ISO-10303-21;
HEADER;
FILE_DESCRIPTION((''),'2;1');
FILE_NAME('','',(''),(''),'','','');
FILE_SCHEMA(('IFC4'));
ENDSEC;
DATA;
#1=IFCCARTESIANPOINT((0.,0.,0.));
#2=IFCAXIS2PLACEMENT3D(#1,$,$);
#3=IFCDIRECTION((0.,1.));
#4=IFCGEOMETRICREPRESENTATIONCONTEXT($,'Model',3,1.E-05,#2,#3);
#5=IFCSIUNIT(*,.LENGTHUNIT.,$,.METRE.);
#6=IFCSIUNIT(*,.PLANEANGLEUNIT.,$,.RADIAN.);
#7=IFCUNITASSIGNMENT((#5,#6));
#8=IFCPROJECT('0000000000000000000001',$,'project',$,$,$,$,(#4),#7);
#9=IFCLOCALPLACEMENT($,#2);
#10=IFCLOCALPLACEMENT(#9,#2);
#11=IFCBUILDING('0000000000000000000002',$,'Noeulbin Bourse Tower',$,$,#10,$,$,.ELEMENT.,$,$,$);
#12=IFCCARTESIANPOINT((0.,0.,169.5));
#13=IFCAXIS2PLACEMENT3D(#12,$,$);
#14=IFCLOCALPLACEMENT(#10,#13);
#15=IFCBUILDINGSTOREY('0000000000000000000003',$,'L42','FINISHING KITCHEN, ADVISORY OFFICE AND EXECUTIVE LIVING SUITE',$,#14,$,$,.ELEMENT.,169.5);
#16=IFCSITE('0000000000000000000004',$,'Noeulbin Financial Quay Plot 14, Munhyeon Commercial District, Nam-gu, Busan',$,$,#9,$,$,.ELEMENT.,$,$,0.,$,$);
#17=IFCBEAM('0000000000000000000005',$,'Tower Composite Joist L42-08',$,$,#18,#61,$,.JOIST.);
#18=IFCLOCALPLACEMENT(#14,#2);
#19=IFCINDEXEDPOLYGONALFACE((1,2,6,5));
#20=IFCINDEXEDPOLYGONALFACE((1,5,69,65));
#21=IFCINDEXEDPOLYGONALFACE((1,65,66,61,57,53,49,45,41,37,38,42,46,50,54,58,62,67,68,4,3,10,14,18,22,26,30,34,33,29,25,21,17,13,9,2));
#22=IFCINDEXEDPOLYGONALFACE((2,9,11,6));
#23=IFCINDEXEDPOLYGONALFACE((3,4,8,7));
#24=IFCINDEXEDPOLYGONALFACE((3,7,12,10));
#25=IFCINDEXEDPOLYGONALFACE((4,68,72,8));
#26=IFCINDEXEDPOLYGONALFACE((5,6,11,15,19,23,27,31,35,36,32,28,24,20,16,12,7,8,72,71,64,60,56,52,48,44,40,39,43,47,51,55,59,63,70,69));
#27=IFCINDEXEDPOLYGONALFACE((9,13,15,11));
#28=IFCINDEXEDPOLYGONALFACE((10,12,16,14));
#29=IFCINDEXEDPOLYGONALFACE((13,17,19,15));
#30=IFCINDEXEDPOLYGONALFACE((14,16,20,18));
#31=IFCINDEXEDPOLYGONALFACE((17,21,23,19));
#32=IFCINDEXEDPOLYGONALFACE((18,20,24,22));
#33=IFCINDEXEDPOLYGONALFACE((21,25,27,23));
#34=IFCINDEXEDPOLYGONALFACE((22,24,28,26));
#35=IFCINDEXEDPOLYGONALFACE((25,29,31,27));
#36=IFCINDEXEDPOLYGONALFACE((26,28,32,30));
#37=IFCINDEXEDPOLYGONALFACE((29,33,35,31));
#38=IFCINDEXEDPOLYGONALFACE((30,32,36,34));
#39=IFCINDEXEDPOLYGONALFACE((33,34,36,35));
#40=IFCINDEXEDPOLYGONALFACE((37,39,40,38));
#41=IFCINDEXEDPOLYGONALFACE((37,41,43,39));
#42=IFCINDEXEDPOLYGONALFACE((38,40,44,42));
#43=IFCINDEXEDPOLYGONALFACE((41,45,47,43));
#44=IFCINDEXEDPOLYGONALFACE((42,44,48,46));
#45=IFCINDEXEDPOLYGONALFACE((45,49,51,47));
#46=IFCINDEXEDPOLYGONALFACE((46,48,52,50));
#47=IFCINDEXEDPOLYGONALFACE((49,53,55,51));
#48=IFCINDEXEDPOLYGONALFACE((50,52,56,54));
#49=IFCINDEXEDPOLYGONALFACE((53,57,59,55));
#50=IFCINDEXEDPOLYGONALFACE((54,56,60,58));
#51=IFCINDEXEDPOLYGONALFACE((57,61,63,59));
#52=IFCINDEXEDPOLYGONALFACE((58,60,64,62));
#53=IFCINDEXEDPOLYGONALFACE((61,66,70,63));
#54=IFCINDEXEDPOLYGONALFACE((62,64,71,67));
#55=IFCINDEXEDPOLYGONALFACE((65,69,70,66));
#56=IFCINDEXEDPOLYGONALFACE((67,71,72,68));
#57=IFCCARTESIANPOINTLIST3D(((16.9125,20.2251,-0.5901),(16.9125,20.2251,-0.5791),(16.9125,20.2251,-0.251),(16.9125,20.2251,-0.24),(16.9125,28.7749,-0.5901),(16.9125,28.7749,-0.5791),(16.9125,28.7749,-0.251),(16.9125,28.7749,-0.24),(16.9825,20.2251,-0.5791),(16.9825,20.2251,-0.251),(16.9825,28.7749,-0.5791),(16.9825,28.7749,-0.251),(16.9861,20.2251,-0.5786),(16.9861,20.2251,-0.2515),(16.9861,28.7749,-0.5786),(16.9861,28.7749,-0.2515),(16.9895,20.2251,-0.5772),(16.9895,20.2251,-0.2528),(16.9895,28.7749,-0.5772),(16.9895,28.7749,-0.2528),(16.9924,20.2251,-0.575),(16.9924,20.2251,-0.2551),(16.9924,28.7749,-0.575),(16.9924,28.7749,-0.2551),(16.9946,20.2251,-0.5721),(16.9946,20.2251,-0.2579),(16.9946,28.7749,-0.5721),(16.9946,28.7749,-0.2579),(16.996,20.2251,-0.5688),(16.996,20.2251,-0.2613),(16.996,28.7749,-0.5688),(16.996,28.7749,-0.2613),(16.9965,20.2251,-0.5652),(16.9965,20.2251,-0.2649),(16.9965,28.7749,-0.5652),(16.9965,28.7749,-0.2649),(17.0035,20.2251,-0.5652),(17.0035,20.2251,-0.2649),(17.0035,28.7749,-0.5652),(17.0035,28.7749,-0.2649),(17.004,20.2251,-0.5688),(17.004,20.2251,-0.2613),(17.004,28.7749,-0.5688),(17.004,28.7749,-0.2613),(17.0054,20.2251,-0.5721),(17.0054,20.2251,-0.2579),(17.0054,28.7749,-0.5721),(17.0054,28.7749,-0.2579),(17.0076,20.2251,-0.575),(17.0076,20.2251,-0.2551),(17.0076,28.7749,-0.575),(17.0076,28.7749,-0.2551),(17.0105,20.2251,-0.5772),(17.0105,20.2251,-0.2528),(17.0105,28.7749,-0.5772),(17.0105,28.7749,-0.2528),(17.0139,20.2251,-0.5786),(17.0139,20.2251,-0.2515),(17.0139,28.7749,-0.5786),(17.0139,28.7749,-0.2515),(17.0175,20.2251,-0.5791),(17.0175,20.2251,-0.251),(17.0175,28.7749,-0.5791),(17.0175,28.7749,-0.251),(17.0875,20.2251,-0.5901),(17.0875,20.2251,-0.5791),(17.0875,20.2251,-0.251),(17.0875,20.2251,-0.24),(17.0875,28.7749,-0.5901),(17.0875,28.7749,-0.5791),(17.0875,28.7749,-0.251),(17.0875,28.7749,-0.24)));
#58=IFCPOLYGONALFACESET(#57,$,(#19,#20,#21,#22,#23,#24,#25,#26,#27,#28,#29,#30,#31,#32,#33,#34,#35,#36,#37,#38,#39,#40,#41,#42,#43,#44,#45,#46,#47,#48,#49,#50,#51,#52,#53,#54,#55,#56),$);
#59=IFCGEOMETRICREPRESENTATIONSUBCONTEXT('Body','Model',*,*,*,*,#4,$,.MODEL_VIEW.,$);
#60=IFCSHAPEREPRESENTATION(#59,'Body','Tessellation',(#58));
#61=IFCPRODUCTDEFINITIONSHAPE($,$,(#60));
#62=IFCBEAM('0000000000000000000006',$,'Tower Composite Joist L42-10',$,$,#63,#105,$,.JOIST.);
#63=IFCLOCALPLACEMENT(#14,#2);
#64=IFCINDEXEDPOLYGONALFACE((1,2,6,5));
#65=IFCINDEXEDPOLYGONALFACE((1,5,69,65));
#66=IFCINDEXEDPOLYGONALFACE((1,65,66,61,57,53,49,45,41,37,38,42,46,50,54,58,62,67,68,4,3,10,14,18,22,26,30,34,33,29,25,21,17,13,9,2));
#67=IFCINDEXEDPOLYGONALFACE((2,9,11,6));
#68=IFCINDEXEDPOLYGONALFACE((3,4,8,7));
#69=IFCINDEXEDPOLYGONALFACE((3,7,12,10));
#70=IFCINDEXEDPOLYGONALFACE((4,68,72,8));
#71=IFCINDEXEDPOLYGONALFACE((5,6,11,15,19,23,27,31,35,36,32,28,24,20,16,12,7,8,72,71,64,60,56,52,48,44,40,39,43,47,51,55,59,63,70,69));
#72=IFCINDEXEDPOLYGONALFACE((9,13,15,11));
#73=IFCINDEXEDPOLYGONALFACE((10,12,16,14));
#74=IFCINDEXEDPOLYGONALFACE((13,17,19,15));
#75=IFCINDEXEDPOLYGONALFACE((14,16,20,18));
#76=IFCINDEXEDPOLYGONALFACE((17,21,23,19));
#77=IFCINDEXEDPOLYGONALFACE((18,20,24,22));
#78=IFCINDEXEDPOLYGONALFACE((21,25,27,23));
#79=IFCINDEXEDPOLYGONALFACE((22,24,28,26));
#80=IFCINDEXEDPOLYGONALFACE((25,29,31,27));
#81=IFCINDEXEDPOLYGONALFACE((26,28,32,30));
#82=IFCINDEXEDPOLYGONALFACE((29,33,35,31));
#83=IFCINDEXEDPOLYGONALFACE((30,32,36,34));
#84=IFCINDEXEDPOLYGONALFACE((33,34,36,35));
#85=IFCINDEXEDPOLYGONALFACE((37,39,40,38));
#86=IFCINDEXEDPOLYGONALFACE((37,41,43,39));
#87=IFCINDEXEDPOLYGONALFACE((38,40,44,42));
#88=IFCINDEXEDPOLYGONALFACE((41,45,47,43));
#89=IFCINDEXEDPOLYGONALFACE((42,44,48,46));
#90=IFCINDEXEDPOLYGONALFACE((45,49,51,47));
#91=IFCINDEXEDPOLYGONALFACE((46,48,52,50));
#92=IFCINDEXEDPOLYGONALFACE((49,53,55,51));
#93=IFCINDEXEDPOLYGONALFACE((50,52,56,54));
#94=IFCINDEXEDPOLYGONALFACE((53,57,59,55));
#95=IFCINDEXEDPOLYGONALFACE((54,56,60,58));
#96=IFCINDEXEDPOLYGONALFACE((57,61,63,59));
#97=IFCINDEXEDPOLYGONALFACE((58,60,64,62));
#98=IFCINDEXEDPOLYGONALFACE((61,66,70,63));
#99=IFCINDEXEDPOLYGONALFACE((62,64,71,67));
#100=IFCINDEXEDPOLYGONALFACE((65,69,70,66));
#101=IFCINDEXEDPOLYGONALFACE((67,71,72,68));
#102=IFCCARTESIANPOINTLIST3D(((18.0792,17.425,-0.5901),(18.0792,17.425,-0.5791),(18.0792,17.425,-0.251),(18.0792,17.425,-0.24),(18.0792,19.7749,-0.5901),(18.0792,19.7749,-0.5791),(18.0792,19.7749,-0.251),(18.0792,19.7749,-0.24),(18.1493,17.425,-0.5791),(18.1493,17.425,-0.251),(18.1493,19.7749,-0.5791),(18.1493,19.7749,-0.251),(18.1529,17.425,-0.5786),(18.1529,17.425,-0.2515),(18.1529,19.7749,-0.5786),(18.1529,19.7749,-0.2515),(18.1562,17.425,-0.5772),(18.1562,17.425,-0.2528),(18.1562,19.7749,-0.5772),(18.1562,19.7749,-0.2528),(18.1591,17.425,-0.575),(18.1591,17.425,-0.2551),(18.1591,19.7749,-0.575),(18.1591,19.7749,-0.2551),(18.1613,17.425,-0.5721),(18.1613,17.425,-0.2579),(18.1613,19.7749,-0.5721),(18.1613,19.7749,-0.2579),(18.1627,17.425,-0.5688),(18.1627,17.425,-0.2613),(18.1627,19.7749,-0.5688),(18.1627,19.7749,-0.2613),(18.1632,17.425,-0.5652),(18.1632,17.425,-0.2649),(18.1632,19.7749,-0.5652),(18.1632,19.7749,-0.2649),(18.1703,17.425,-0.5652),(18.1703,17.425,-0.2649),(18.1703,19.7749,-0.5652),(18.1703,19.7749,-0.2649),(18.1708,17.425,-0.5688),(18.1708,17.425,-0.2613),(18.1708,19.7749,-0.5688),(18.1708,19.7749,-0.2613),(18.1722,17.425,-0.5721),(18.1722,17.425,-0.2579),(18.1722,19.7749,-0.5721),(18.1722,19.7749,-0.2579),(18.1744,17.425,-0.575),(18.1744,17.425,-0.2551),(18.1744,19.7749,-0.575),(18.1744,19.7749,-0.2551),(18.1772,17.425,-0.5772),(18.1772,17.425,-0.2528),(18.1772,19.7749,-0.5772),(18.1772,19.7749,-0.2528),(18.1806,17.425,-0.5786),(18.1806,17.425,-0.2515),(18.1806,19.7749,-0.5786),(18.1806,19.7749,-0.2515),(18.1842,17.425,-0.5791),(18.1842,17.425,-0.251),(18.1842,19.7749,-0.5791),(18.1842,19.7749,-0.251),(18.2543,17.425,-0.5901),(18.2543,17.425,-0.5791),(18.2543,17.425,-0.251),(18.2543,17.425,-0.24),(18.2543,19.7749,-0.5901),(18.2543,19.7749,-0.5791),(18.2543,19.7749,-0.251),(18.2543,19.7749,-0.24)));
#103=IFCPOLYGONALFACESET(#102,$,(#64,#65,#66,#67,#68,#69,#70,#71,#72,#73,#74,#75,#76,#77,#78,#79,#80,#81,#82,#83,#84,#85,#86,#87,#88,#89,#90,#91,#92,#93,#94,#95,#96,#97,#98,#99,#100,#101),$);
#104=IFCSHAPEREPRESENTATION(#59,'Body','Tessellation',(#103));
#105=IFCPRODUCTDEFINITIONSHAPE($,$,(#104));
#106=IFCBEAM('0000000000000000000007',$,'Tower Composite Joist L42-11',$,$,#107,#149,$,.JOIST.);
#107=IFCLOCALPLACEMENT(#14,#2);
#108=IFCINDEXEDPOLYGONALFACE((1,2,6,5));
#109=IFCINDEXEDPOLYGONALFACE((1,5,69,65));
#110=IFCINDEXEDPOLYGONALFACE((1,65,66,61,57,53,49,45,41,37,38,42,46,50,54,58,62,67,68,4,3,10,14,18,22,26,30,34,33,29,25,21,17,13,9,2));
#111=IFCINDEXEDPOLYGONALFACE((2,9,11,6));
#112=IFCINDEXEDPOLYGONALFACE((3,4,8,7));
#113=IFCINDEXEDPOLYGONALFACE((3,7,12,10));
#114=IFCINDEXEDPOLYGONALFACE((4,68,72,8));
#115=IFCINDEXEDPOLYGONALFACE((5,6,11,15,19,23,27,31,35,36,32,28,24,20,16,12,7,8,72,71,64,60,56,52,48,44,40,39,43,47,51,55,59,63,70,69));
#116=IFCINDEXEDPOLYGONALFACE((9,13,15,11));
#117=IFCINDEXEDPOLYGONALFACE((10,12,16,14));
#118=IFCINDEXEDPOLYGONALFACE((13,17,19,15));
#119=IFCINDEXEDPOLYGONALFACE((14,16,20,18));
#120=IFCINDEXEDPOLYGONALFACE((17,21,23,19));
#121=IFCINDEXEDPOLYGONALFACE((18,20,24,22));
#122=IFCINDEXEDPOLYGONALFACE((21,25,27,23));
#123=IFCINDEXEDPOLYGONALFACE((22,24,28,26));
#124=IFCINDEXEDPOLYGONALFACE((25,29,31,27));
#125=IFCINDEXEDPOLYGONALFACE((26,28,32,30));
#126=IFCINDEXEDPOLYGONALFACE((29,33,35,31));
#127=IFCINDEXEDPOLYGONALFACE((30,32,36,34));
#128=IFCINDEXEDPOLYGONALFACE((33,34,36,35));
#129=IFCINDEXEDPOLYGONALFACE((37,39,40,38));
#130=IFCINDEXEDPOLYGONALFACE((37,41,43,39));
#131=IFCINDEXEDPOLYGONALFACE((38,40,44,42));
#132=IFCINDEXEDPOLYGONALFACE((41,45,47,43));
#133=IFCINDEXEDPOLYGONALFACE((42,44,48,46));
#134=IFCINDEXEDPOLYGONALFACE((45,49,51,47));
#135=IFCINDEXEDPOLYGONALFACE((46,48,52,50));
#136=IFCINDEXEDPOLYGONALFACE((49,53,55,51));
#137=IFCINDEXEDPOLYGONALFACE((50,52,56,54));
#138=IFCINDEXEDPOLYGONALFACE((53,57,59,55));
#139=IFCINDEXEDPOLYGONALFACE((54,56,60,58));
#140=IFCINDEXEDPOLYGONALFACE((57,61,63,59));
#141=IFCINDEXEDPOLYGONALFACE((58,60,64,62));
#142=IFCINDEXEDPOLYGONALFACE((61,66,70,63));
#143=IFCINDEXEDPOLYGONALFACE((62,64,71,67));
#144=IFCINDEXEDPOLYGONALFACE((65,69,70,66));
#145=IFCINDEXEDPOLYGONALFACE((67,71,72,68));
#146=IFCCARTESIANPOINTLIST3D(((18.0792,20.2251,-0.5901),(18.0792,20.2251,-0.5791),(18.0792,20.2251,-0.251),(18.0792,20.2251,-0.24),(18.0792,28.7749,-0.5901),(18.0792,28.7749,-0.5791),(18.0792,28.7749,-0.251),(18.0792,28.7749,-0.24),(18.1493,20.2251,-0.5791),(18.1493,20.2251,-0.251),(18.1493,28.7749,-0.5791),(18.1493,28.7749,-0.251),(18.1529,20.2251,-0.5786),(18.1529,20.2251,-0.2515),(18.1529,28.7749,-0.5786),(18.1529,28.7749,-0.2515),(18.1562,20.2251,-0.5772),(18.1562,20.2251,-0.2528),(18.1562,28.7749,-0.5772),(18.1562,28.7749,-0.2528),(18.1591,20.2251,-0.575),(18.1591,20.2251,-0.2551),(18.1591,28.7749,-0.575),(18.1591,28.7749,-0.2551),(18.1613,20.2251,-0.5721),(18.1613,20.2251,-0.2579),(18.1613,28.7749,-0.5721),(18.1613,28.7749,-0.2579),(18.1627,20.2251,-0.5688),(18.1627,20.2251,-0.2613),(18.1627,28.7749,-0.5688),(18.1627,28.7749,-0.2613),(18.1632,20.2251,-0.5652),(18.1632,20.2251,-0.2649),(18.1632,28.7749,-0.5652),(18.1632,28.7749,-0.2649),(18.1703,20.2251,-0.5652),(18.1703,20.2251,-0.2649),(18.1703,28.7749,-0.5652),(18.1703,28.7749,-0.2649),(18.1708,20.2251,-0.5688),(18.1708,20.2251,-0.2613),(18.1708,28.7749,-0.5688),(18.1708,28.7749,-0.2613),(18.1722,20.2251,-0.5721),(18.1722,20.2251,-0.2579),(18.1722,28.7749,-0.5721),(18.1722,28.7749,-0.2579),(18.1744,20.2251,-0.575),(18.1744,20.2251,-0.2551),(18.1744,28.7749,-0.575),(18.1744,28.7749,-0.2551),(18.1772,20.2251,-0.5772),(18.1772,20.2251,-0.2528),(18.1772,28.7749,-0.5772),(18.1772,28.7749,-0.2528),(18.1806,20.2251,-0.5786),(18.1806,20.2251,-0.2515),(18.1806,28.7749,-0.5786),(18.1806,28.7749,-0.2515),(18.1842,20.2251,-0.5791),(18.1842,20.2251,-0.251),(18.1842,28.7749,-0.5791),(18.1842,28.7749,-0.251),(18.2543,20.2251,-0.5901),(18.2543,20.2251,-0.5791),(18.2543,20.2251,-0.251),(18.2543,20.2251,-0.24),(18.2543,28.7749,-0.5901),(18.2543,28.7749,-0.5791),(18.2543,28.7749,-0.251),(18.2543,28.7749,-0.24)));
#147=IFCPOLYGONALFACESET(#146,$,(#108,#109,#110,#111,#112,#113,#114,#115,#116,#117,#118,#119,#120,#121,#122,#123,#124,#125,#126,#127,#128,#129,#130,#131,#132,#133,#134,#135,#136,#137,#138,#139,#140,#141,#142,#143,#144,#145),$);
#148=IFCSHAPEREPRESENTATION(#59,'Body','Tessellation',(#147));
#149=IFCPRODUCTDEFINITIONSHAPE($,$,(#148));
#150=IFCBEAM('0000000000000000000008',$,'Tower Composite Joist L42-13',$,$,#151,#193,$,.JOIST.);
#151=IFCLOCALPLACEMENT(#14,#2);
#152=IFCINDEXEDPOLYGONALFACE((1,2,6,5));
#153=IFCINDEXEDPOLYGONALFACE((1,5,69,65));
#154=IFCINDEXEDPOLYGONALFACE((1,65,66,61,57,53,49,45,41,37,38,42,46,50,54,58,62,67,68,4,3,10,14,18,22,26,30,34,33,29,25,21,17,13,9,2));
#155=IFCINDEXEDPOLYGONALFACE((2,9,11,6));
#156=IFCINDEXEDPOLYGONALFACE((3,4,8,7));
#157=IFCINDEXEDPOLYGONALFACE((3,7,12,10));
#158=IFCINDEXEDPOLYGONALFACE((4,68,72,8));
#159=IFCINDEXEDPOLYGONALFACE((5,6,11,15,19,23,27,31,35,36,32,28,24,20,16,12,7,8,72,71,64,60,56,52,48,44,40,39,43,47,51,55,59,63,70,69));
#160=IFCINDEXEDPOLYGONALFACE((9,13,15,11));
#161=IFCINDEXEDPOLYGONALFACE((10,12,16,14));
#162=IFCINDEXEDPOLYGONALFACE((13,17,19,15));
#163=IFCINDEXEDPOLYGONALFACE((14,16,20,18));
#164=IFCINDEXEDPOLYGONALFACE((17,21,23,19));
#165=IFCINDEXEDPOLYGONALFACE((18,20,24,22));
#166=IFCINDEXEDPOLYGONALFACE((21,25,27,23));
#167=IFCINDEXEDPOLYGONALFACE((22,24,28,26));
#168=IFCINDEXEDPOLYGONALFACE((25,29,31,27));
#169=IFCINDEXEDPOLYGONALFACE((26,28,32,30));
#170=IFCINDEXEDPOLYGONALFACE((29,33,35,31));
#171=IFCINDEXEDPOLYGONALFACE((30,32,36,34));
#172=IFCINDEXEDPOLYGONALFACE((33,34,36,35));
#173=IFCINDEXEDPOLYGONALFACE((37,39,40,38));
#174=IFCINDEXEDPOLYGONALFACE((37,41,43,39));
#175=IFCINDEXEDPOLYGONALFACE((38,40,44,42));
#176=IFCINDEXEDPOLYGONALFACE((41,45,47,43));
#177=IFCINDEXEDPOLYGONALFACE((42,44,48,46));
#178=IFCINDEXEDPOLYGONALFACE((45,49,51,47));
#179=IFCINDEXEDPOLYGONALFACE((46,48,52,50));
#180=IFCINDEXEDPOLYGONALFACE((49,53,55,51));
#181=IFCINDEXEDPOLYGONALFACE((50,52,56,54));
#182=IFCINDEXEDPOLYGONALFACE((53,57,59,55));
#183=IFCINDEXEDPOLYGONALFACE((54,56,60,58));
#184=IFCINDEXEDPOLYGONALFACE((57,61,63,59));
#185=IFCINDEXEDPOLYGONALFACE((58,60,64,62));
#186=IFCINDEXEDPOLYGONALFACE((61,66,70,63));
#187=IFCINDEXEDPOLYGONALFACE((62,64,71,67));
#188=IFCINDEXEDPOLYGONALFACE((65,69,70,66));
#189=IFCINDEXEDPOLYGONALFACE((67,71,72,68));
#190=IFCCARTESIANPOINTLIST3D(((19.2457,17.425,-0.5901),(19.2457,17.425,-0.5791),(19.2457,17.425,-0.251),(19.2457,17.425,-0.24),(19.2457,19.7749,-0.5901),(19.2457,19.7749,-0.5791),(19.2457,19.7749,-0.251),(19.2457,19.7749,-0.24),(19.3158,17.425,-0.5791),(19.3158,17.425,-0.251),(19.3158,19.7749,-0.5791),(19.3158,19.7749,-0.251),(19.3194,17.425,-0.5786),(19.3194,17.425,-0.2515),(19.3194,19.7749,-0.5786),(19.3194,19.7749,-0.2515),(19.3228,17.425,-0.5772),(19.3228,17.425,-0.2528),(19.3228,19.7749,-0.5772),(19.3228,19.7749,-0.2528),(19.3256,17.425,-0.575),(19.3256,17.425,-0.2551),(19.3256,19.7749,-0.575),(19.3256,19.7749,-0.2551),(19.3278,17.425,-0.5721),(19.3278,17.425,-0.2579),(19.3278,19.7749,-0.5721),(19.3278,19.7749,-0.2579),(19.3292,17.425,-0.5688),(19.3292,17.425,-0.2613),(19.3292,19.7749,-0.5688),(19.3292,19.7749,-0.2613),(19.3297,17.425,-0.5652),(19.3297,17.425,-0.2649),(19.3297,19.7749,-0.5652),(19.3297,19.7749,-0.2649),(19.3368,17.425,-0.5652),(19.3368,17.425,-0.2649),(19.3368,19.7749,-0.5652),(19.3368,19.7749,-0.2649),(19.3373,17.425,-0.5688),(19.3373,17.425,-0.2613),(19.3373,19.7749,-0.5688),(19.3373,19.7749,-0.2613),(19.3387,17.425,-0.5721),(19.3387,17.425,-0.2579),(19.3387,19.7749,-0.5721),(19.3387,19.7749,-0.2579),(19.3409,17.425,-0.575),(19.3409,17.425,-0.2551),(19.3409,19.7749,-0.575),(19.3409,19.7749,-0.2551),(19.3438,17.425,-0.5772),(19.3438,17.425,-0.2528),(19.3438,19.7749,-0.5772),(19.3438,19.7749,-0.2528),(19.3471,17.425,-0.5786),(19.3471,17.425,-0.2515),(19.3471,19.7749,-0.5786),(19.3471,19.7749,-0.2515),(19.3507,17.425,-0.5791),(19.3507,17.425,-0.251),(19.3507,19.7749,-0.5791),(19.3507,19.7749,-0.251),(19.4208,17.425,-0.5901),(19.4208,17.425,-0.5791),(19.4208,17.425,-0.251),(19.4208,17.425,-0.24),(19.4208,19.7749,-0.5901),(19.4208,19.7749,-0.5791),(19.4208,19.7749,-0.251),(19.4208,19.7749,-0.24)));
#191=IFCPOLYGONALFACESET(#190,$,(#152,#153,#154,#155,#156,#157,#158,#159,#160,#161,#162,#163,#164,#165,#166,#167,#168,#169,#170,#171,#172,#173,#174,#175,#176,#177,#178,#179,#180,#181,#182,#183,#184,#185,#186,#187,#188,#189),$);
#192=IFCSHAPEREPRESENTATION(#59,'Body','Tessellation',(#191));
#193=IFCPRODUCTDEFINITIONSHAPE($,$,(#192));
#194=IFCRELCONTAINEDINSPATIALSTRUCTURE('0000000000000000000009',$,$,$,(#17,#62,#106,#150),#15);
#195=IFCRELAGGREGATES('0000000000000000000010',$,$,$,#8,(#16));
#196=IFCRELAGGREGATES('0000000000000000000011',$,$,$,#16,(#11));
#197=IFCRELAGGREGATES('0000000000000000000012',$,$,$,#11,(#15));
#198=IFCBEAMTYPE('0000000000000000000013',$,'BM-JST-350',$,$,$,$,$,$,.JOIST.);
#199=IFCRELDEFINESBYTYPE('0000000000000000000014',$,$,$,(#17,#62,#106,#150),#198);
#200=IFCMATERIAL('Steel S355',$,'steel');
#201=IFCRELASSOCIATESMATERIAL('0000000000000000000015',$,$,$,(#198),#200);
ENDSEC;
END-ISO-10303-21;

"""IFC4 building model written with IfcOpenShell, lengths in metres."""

from ifc_helpers import new_model, si_unit, direction, frame, origin, origin_2d, place, context, subcontext, project, spatial, i_section, extrude, material, material_profile, profile_set, type_object, element, save


model = new_model("IFC4")

# Units and contexts
model_context = context("Model", 3, precision=1e-05, world=origin(), true_north=direction((0.0, 1.0)))
body_context = subcontext(model_context, "Body", "Model", "MODEL_VIEW")
ifc_project = project(units=[si_unit("LENGTHUNIT", "METRE"), si_unit("PLANEANGLEUNIT", "RADIAN")], contexts=[model_context])

# Site, building, storey
site_placement = place(None, origin())
site = spatial("IfcSite", under=ifc_project, at=site_placement, Name="Noeulbin Financial Quay Plot 14, Munhyeon Commercial District, Nam-gu, Busan", CompositionType="ELEMENT", RefElevation=0.0)
building_placement = place(site_placement, origin())
building = spatial("IfcBuilding", under=site, at=building_placement, Name="Noeulbin Bourse Tower", CompositionType="ELEMENT")
storey_placement = place(building_placement, frame((0.0, 0.0, 169.5)))
storey = spatial("IfcBuildingStorey", under=building, at=storey_placement, Name="L42", Description="FINISHING KITCHEN, ADVISORY OFFICE AND EXECUTIVE LIVING SUITE", CompositionType="ELEMENT", Elevation=169.5)

# Shared definitions
ifc_material_1 = material(Name="Steel S355", Category="steel")

# Beams
ifc_material_profile_1 = material_profile(ifc_material_1, i_section(OverallWidth=0.175, OverallDepth=0.3501, WebThickness=0.0071, FlangeThickness=0.011, FilletRadius=0.0139, at=origin_2d()), Name="H-350x175x7x11", Category="LoadBearing")
ifc_profile_set_1 = profile_set([ifc_material_profile_1], Name="Steel S355")
beam_type_1 = type_object("IfcBeamType", Name="BM-JST-350", PredefinedType="JOIST", material=ifc_profile_set_1)
beam_1_placement = place(storey_placement, frame((17.0, 20.2251, -0.415), z_axis=(0.0, 1.0, 0.0), x_axis=(-1.0, 0.0, 0.0)))
element("IfcBeam", 1, at=beam_1_placement, inside=storey, type_object=beam_type_1, Name="Tower Composite Joist L42-08", PredefinedType="JOIST", context=body_context, shape_type="SweptSolid", body=[
    extrude(i_section(OverallWidth=0.175, OverallDepth=0.3501, WebThickness=0.0071, FlangeThickness=0.011, FilletRadius=0.0139, at=origin_2d()), origin(), (0.0, 0.0, 1.0), 8.5498),
])
beam_2_placement = place(storey_placement, frame((18.1667, 17.425, -0.415), z_axis=(0.0, 1.0, 0.0), x_axis=(-1.0, 0.0, 0.0)))
element("IfcBeam", 2, at=beam_2_placement, inside=storey, type_object=beam_type_1, Name="Tower Composite Joist L42-10", PredefinedType="JOIST", context=body_context, shape_type="SweptSolid", body=[
    extrude(i_section(OverallWidth=0.175, OverallDepth=0.3501, WebThickness=0.0071, FlangeThickness=0.011, FilletRadius=0.0139, at=origin_2d()), origin(), (0.0, 0.0, 1.0), 2.3499),
])
beam_3_placement = place(storey_placement, frame((18.1667, 20.2251, -0.415), z_axis=(0.0, 1.0, 0.0), x_axis=(-1.0, 0.0, 0.0)))
element("IfcBeam", 3, at=beam_3_placement, inside=storey, type_object=beam_type_1, Name="Tower Composite Joist L42-11", PredefinedType="JOIST", context=body_context, shape_type="SweptSolid", body=[
    extrude(i_section(OverallWidth=0.175, OverallDepth=0.3501, WebThickness=0.0071, FlangeThickness=0.011, FilletRadius=0.0139, at=origin_2d()), origin(), (0.0, 0.0, 1.0), 8.5498),
])
beam_4_placement = place(storey_placement, frame((19.3333, 17.425, -0.415), z_axis=(0.0, 1.0, 0.0), x_axis=(-1.0, 0.0, 0.0)))
element("IfcBeam", 4, at=beam_4_placement, inside=storey, type_object=beam_type_1, Name="Tower Composite Joist L42-13", PredefinedType="JOIST", context=body_context, shape_type="SweptSolid", body=[
    extrude(i_section(OverallWidth=0.175, OverallDepth=0.3501, WebThickness=0.0071, FlangeThickness=0.011, FilletRadius=0.0139, at=origin_2d()), origin(), (0.0, 0.0, 1.0), 2.3499),
])

save(model, "model.ifc")
